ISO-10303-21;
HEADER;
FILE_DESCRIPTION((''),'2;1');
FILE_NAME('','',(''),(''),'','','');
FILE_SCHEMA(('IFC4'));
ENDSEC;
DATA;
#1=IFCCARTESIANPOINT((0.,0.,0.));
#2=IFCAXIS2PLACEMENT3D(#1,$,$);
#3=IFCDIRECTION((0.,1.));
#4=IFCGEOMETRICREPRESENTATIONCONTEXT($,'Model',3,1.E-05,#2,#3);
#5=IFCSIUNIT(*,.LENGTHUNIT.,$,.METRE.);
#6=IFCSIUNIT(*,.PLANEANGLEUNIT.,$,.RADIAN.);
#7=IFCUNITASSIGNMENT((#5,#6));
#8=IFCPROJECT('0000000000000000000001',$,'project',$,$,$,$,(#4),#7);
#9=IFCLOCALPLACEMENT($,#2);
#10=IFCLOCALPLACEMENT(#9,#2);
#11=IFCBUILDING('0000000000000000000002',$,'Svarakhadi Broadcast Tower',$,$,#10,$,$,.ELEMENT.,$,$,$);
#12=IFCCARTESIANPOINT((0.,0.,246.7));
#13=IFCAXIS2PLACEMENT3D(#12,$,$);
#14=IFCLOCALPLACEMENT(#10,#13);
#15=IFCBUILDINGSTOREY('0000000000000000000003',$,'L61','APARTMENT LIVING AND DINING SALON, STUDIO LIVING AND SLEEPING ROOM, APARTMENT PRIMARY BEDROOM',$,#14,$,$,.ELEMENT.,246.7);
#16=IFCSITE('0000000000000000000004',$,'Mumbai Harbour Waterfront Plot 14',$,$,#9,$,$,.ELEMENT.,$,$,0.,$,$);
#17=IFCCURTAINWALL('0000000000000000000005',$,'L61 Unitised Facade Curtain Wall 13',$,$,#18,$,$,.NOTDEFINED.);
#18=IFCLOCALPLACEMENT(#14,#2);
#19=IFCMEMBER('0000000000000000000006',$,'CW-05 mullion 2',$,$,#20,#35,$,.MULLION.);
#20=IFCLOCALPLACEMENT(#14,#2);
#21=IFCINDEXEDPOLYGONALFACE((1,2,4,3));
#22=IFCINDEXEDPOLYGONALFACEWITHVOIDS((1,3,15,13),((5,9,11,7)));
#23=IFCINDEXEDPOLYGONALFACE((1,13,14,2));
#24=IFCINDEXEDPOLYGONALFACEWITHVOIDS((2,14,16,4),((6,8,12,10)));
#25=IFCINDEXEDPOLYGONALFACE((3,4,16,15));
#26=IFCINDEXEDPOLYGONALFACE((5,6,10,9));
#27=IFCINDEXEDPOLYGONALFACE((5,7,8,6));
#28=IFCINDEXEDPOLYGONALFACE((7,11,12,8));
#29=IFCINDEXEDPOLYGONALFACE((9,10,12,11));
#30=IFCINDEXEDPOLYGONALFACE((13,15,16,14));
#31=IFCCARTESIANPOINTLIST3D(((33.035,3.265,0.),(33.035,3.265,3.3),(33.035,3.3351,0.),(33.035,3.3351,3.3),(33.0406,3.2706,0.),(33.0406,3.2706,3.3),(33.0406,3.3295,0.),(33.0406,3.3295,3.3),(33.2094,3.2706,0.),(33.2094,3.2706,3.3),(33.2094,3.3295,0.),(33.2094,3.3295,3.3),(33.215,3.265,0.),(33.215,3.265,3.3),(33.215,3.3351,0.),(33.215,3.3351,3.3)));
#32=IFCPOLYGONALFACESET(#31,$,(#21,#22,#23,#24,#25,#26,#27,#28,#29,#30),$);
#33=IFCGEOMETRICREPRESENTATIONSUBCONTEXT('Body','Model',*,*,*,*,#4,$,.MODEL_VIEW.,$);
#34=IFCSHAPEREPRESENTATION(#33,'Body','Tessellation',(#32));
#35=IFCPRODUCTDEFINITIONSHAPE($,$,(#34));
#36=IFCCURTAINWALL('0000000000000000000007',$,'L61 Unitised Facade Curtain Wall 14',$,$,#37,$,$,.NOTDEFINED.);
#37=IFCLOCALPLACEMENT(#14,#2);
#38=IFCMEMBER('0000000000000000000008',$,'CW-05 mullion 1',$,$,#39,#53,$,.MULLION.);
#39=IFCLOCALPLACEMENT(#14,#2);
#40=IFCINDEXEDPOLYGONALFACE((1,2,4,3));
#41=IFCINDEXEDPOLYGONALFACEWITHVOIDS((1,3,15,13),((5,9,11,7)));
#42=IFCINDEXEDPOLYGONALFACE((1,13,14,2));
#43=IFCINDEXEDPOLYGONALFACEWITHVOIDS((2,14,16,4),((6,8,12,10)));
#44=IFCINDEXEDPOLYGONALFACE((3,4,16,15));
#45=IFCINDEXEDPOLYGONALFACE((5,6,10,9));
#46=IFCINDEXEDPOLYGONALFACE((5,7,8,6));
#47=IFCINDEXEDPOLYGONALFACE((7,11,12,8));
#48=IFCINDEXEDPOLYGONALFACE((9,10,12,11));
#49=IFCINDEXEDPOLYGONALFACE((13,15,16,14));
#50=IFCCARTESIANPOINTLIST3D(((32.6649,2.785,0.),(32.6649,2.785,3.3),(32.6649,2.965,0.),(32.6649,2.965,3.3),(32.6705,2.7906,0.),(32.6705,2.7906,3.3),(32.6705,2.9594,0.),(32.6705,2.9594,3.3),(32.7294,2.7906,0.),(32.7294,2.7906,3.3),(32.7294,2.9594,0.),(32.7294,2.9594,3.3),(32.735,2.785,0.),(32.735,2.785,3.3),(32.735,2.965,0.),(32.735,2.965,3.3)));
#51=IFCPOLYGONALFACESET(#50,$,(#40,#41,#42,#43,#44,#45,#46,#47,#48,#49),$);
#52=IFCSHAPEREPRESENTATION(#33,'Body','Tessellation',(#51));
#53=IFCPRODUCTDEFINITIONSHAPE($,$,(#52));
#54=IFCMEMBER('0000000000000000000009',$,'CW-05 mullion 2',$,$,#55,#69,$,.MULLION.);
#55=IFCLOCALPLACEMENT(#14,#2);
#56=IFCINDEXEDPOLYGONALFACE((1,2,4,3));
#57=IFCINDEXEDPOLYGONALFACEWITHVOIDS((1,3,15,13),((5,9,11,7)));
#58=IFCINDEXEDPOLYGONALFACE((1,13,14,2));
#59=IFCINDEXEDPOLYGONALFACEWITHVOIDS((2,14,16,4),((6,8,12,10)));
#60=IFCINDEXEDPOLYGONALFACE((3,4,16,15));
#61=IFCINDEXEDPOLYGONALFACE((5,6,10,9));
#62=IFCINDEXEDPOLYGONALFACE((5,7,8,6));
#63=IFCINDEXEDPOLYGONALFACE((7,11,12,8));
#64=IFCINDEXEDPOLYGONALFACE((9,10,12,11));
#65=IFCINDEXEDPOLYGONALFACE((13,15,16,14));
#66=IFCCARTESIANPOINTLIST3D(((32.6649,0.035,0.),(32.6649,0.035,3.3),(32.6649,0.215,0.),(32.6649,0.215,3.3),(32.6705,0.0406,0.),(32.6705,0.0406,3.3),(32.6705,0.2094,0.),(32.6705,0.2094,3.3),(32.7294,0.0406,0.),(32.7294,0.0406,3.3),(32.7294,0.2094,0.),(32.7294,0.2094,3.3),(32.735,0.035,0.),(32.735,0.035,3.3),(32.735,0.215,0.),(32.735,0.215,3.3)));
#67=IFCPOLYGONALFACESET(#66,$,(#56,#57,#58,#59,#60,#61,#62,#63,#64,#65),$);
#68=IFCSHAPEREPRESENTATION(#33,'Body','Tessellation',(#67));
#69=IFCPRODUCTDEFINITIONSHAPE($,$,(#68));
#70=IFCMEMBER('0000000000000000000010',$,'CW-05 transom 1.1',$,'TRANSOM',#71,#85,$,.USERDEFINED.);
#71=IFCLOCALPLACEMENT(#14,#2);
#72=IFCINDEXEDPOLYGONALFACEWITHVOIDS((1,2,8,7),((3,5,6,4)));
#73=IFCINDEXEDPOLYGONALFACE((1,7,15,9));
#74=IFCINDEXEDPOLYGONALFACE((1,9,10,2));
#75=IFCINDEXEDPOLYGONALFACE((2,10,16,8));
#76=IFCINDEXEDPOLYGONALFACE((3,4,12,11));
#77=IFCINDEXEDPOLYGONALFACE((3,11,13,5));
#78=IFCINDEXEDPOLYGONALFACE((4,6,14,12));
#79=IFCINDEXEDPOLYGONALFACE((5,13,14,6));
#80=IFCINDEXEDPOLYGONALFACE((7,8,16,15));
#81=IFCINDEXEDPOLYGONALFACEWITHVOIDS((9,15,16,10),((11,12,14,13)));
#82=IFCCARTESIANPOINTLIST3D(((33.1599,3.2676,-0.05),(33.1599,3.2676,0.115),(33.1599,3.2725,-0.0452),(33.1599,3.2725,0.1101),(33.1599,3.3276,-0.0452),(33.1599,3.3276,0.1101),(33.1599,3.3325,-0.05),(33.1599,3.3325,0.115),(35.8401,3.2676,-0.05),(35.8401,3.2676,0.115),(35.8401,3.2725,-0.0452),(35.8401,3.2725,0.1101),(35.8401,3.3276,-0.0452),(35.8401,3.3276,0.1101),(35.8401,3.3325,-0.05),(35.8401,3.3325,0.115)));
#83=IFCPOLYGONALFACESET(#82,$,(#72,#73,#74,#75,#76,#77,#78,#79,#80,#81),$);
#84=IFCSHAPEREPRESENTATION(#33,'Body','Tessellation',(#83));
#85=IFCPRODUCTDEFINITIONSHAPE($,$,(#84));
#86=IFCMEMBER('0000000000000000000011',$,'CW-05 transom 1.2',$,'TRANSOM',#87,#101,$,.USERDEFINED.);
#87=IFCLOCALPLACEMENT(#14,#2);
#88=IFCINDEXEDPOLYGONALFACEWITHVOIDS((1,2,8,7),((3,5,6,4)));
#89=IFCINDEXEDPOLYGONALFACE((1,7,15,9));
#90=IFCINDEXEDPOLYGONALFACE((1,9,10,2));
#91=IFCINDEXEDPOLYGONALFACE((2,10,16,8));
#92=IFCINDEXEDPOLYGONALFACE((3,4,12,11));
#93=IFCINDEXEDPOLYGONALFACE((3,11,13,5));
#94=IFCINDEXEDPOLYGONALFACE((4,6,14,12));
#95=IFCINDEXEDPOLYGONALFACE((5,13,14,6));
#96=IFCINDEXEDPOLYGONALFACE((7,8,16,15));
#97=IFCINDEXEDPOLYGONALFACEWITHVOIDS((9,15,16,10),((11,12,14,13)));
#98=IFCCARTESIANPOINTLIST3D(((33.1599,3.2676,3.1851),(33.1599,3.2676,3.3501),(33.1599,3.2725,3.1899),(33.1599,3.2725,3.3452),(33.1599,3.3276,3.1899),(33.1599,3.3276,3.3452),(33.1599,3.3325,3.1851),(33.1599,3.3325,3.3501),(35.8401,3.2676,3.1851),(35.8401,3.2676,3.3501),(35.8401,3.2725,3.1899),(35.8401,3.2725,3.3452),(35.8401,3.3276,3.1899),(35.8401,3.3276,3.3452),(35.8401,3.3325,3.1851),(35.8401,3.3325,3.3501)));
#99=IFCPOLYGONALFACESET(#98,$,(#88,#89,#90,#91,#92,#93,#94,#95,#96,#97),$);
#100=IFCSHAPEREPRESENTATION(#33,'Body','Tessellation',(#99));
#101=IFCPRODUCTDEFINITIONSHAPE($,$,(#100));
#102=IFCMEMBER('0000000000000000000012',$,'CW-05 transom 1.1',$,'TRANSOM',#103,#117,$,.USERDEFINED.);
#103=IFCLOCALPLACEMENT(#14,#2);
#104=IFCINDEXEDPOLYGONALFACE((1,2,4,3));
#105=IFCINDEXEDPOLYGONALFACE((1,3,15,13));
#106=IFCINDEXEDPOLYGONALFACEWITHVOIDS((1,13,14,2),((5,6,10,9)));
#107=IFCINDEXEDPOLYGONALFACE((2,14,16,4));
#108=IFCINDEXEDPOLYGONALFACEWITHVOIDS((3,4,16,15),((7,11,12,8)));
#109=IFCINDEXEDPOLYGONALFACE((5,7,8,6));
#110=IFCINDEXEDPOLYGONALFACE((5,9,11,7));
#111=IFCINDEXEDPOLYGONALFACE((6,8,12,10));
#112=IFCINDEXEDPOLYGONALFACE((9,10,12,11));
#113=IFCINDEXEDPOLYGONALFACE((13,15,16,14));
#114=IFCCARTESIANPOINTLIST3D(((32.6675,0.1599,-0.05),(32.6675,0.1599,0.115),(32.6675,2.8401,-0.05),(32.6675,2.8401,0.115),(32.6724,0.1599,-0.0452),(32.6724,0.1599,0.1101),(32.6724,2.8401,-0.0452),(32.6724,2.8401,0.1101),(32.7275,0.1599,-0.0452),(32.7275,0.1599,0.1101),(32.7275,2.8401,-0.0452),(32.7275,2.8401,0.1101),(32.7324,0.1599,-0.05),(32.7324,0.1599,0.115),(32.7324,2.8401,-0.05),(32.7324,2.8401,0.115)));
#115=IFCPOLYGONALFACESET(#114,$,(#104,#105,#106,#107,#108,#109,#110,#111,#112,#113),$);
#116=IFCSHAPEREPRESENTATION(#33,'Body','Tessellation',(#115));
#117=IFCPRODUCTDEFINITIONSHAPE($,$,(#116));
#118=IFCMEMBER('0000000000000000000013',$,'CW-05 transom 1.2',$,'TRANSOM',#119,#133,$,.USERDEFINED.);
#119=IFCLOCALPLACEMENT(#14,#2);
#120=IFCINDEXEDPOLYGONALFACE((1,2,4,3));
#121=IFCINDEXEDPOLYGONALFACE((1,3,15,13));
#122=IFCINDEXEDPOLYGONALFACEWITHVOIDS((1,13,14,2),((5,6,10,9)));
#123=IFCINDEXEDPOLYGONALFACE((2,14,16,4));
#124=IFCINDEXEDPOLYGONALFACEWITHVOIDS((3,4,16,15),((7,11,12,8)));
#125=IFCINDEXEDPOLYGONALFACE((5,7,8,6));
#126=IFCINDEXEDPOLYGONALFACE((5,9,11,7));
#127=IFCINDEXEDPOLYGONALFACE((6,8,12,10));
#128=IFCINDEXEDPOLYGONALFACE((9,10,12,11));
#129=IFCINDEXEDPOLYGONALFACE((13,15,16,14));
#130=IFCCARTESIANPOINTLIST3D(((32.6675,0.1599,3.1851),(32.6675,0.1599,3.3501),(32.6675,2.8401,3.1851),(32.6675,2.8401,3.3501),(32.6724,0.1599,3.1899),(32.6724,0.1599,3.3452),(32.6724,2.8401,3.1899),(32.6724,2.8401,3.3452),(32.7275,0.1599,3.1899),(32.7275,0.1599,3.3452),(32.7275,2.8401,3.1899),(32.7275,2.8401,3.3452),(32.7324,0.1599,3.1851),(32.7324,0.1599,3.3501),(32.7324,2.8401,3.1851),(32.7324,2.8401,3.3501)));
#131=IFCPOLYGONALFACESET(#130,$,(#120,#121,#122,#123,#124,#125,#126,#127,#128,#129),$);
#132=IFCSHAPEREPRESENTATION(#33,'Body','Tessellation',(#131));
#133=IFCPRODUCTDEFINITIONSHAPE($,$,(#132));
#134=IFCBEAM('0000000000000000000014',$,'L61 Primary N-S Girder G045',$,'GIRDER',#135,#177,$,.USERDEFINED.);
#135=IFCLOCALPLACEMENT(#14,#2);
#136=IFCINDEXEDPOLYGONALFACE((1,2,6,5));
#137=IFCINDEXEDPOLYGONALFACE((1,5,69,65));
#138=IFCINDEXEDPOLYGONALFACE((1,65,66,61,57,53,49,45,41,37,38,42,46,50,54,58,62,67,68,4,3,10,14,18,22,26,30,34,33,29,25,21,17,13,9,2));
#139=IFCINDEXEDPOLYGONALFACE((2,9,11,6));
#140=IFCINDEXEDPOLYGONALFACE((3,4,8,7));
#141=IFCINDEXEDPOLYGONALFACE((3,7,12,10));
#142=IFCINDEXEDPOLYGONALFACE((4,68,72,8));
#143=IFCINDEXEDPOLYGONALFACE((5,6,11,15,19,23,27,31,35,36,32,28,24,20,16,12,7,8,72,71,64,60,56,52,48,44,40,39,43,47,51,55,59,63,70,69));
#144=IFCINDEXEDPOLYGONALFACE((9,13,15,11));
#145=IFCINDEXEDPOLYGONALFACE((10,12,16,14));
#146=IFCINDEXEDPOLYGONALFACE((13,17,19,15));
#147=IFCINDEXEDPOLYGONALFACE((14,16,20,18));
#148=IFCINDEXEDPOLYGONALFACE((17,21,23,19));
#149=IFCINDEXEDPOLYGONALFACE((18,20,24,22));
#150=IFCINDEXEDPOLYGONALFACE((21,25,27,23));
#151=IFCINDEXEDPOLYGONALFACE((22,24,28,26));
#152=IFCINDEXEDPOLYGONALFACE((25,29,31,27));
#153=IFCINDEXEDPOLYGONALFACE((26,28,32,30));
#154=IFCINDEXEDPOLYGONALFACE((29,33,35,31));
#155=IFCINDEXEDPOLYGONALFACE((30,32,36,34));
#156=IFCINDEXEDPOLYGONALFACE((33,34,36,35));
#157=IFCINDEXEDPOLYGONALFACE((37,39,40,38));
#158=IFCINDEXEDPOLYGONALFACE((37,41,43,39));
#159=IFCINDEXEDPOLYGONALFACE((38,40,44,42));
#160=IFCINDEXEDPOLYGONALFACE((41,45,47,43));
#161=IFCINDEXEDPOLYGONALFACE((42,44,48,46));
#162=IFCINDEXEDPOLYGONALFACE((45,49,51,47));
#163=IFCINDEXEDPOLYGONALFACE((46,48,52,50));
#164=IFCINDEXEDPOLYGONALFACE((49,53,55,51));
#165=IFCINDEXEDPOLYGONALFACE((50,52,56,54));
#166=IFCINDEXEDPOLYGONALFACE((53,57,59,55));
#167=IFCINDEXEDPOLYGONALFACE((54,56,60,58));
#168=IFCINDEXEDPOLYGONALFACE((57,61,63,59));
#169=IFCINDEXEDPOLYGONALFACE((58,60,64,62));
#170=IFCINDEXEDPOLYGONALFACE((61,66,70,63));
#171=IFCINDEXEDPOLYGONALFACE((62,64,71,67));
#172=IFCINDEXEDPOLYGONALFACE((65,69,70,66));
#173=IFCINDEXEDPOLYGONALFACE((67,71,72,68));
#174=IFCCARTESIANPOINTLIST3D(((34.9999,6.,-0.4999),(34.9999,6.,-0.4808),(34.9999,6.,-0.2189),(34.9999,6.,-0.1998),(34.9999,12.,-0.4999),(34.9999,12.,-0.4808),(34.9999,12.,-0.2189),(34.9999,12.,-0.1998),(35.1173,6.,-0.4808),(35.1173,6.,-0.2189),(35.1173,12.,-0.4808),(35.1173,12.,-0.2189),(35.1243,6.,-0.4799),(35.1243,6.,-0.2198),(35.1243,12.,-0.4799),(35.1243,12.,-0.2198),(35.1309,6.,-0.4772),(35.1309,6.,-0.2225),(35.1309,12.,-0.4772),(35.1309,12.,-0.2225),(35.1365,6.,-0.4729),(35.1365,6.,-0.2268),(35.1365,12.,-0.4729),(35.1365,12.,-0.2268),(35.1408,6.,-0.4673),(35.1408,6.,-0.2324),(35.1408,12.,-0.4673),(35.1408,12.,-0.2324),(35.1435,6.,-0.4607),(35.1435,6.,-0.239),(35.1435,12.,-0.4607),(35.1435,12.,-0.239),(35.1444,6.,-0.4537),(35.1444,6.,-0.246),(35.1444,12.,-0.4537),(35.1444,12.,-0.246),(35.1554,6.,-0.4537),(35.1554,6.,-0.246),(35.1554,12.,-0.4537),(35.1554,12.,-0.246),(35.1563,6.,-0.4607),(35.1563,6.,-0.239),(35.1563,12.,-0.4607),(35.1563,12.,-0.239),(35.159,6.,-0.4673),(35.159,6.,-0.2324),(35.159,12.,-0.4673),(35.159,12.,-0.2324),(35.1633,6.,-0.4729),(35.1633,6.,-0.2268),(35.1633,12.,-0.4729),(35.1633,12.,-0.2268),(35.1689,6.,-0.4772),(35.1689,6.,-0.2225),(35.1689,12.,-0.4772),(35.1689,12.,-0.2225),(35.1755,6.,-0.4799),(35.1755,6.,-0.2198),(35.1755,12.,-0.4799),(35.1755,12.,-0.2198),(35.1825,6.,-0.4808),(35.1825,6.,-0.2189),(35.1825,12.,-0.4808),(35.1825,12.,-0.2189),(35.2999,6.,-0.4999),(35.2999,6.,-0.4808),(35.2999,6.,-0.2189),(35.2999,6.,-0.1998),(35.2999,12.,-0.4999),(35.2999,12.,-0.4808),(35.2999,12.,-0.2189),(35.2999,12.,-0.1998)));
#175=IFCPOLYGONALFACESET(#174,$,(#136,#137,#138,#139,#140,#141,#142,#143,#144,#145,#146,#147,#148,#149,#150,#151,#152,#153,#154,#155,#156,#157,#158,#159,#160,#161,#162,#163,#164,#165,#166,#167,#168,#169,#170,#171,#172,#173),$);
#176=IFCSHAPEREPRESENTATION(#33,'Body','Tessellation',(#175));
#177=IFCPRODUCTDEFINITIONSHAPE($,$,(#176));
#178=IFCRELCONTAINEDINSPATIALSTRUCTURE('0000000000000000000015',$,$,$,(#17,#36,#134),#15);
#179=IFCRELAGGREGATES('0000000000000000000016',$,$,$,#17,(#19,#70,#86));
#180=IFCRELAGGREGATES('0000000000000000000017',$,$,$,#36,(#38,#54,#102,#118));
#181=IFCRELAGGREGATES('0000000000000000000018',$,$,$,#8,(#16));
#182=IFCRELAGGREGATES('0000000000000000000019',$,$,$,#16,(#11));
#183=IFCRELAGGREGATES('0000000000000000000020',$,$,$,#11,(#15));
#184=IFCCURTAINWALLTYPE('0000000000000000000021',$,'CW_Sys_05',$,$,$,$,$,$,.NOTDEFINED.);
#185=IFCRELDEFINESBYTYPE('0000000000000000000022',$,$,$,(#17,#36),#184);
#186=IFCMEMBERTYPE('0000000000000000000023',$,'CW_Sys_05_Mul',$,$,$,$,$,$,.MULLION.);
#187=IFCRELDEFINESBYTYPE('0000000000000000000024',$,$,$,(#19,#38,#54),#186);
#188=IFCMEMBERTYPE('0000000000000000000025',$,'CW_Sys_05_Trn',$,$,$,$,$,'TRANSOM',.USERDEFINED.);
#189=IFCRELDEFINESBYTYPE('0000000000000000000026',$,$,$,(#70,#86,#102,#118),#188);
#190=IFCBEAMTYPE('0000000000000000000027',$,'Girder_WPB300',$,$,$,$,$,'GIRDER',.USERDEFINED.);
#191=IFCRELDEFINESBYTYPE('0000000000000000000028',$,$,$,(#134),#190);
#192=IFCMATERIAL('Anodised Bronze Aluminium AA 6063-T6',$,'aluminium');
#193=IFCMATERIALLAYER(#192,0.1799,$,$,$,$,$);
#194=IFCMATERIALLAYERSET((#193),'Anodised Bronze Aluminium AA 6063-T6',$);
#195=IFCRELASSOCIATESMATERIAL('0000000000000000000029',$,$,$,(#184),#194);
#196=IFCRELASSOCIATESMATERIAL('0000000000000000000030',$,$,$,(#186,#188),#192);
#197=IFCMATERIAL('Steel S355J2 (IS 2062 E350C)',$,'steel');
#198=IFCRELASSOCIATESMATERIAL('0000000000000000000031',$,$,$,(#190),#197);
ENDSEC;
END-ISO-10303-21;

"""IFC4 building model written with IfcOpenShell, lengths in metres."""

from ifc_helpers import new_model, si_unit, direction, frame, origin, origin_2d, place, context, subcontext, project, spatial, hollow_rectangle, i_section, extrude, material, layer, layer_set, material_profile, profile_set, type_object, element, aggregate, save


model = new_model("IFC4")

# Units and contexts
model_context = context("Model", 3, precision=1e-05, world=origin(), true_north=direction((0.0, 1.0)))
body_context = subcontext(model_context, "Body", "Model", "MODEL_VIEW")
ifc_project = project(units=[si_unit("LENGTHUNIT", "METRE"), si_unit("PLANEANGLEUNIT", "RADIAN")], contexts=[model_context])

# Site, building, storey
site_placement = place(None, origin())
site = spatial("IfcSite", under=ifc_project, at=site_placement, Name="Mumbai Harbour Waterfront Plot 14", CompositionType="ELEMENT", RefElevation=0.0)
building_placement = place(site_placement, origin())
building = spatial("IfcBuilding", under=site, at=building_placement, Name="Svarakhadi Broadcast Tower", CompositionType="ELEMENT")
storey_placement = place(building_placement, frame((0.0, 0.0, 246.7)))
storey = spatial("IfcBuildingStorey", under=building, at=storey_placement, Name="L61", Description="APARTMENT LIVING AND DINING SALON, STUDIO LIVING AND SLEEPING ROOM, APARTMENT PRIMARY BEDROOM", CompositionType="ELEMENT", Elevation=246.7)

# Shared definitions
ifc_material_1 = material(Name="Anodised Bronze Aluminium AA 6063-T6", Category="aluminium")
ifc_layer_1 = layer(ifc_material_1, 0.1799)
ifc_layer_set_1 = layer_set([ifc_layer_1], Name="Anodised Bronze Aluminium AA 6063-T6")
curtain_wall_type = type_object("IfcCurtainWallType", Name="CW_Sys_05", PredefinedType="NOTDEFINED", material=ifc_layer_set_1)
ifc_material_profile_1 = material_profile(ifc_material_1, hollow_rectangle(XDim=0.0701, YDim=0.1799, WallThickness=0.0056, at=origin_2d()), Name="ALU MULLION 180x70x6")
ifc_profile_set_1 = profile_set([ifc_material_profile_1], Name="Anodised Bronze Aluminium AA 6063-T6")
member_type_1 = type_object("IfcMemberType", Name="CW_Sys_05_Mul", PredefinedType="MULLION", material=ifc_profile_set_1)

# Curtain walls, members
curtain_wall_1_placement = place(storey_placement, origin())
curtain_wall_1 = element("IfcCurtainWall", 1, at=curtain_wall_1_placement, inside=storey, type_object=curtain_wall_type, Name="L61 Unitised Facade Curtain Wall 13", PredefinedType="NOTDEFINED")
member_1_placement = place(storey_placement, frame((33.125, 3.3, 0.0), z_axis=(0.0, 0.0, 1.0), x_axis=(0.0, -1.0, 0.0)))
member_1 = element("IfcMember", 2, at=member_1_placement, type_object=member_type_1, Name="CW-05 mullion 2", PredefinedType="MULLION", context=body_context, shape_type="SweptSolid", body=[
    extrude(hollow_rectangle(XDim=0.0701, YDim=0.1799, WallThickness=0.0056, at=origin_2d()), origin(), (0.0, 0.0, 1.0), 3.3),
])
curtain_wall_2_placement = place(storey_placement, origin())
curtain_wall_2 = element("IfcCurtainWall", 3, at=curtain_wall_2_placement, inside=storey, type_object=curtain_wall_type, Name="L61 Unitised Facade Curtain Wall 14", PredefinedType="NOTDEFINED")
member_2_placement = place(storey_placement, frame((32.7, 2.875, 0.0), z_axis=(0.0, 0.0, 1.0), x_axis=(1.0, 0.0, 0.0)))
member_2 = element("IfcMember", 4, at=member_2_placement, type_object=member_type_1, Name="CW-05 mullion 1", PredefinedType="MULLION", context=body_context, shape_type="SweptSolid", body=[
    extrude(hollow_rectangle(XDim=0.0701, YDim=0.1799, WallThickness=0.0056, at=origin_2d()), origin(), (0.0, 0.0, 1.0), 3.3),
])
member_3_placement = place(storey_placement, frame((32.7, 0.125, 0.0), z_axis=(0.0, 0.0, 1.0), x_axis=(1.0, 0.0, 0.0)))
member_3 = element("IfcMember", 5, at=member_3_placement, type_object=member_type_1, Name="CW-05 mullion 2", PredefinedType="MULLION", context=body_context, shape_type="SweptSolid", body=[
    extrude(hollow_rectangle(XDim=0.0701, YDim=0.1799, WallThickness=0.0056, at=origin_2d()), origin(), (0.0, 0.0, 1.0), 3.3),
])

# Members
ifc_material_profile_2 = material_profile(ifc_material_1, hollow_rectangle(XDim=0.0649, YDim=0.165, WallThickness=0.0049, at=origin_2d()), Name="ALU TRANSOM 165x65x5")
ifc_profile_set_2 = profile_set([ifc_material_profile_2], Name="Anodised Bronze Aluminium AA 6063-T6")
member_type_2 = type_object("IfcMemberType", Name="CW_Sys_05_Trn", ElementType="TRANSOM", PredefinedType="USERDEFINED", material=ifc_profile_set_2)
member_4_placement = place(storey_placement, frame((35.8401, 3.3, 0.0325), z_axis=(-1.0, 0.0, 0.0), x_axis=(0.0, -1.0, 0.0)))
member_4 = element("IfcMember", 6, at=member_4_placement, type_object=member_type_2, Name="CW-05 transom 1.1", ObjectType="TRANSOM", PredefinedType="USERDEFINED", context=body_context, shape_type="SweptSolid", body=[
    extrude(hollow_rectangle(XDim=0.0649, YDim=0.165, WallThickness=0.0049, at=origin_2d()), origin(), (0.0, 0.0, 1.0), 2.6802),
])
member_5_placement = place(storey_placement, frame((35.8401, 3.3, 3.2676), z_axis=(-1.0, 0.0, 0.0), x_axis=(0.0, -1.0, 0.0)))
member_5 = element("IfcMember", 7, at=member_5_placement, type_object=member_type_2, Name="CW-05 transom 1.2", ObjectType="TRANSOM", PredefinedType="USERDEFINED", context=body_context, shape_type="SweptSolid", body=[
    extrude(hollow_rectangle(XDim=0.0649, YDim=0.165, WallThickness=0.0049, at=origin_2d()), origin(), (0.0, 0.0, 1.0), 2.6802),
])
member_6_placement = place(storey_placement, frame((32.7, 2.8401, 0.0325), z_axis=(0.0, -1.0, 0.0), x_axis=(1.0, 0.0, 0.0)))
member_6 = element("IfcMember", 8, at=member_6_placement, type_object=member_type_2, Name="CW-05 transom 1.1", ObjectType="TRANSOM", PredefinedType="USERDEFINED", context=body_context, shape_type="SweptSolid", body=[
    extrude(hollow_rectangle(XDim=0.0649, YDim=0.165, WallThickness=0.0049, at=origin_2d()), origin(), (0.0, 0.0, 1.0), 2.6802),
])
member_7_placement = place(storey_placement, frame((32.7, 2.8401, 3.2676), z_axis=(0.0, -1.0, 0.0), x_axis=(1.0, 0.0, 0.0)))
member_7 = element("IfcMember", 9, at=member_7_placement, type_object=member_type_2, Name="CW-05 transom 1.2", ObjectType="TRANSOM", PredefinedType="USERDEFINED", context=body_context, shape_type="SweptSolid", body=[
    extrude(hollow_rectangle(XDim=0.0649, YDim=0.165, WallThickness=0.0049, at=origin_2d()), origin(), (0.0, 0.0, 1.0), 2.6802),
])

# Beam
ifc_material_2 = material(Name="Steel S355J2 (IS 2062 E350C)", Category="steel")
ifc_material_profile_3 = material_profile(ifc_material_2, i_section(OverallWidth=0.3, OverallDepth=0.3, WebThickness=0.011, FlangeThickness=0.019, FilletRadius=0.0271, at=origin_2d()), Name="WPB 300x300x117")
ifc_profile_set_3 = profile_set([ifc_material_profile_3], Name="Steel S355J2 (IS 2062 E350C)")
beam_type_1 = type_object("IfcBeamType", Name="Girder_WPB300", ElementType="GIRDER", PredefinedType="USERDEFINED", material=ifc_profile_set_3)
beam_1_placement = place(storey_placement, frame((35.1499, 6.0, -0.3499), z_axis=(0.0, 1.0, 0.0), x_axis=(-1.0, 0.0, 0.0)))
element("IfcBeam", 10, at=beam_1_placement, inside=storey, type_object=beam_type_1, Name="L61 Primary N-S Girder G045", ObjectType="GIRDER", PredefinedType="USERDEFINED", context=body_context, shape_type="SweptSolid", body=[
    extrude(i_section(OverallWidth=0.3, OverallDepth=0.3, WebThickness=0.011, FlangeThickness=0.019, FilletRadius=0.0271, at=origin_2d()), origin(), (0.0, 0.0, 1.0), 6.0),
])

aggregate(curtain_wall_1, [member_1, member_4, member_5])
aggregate(curtain_wall_2, [member_2, member_3, member_6, member_7])

save(model, "model.ifc")
